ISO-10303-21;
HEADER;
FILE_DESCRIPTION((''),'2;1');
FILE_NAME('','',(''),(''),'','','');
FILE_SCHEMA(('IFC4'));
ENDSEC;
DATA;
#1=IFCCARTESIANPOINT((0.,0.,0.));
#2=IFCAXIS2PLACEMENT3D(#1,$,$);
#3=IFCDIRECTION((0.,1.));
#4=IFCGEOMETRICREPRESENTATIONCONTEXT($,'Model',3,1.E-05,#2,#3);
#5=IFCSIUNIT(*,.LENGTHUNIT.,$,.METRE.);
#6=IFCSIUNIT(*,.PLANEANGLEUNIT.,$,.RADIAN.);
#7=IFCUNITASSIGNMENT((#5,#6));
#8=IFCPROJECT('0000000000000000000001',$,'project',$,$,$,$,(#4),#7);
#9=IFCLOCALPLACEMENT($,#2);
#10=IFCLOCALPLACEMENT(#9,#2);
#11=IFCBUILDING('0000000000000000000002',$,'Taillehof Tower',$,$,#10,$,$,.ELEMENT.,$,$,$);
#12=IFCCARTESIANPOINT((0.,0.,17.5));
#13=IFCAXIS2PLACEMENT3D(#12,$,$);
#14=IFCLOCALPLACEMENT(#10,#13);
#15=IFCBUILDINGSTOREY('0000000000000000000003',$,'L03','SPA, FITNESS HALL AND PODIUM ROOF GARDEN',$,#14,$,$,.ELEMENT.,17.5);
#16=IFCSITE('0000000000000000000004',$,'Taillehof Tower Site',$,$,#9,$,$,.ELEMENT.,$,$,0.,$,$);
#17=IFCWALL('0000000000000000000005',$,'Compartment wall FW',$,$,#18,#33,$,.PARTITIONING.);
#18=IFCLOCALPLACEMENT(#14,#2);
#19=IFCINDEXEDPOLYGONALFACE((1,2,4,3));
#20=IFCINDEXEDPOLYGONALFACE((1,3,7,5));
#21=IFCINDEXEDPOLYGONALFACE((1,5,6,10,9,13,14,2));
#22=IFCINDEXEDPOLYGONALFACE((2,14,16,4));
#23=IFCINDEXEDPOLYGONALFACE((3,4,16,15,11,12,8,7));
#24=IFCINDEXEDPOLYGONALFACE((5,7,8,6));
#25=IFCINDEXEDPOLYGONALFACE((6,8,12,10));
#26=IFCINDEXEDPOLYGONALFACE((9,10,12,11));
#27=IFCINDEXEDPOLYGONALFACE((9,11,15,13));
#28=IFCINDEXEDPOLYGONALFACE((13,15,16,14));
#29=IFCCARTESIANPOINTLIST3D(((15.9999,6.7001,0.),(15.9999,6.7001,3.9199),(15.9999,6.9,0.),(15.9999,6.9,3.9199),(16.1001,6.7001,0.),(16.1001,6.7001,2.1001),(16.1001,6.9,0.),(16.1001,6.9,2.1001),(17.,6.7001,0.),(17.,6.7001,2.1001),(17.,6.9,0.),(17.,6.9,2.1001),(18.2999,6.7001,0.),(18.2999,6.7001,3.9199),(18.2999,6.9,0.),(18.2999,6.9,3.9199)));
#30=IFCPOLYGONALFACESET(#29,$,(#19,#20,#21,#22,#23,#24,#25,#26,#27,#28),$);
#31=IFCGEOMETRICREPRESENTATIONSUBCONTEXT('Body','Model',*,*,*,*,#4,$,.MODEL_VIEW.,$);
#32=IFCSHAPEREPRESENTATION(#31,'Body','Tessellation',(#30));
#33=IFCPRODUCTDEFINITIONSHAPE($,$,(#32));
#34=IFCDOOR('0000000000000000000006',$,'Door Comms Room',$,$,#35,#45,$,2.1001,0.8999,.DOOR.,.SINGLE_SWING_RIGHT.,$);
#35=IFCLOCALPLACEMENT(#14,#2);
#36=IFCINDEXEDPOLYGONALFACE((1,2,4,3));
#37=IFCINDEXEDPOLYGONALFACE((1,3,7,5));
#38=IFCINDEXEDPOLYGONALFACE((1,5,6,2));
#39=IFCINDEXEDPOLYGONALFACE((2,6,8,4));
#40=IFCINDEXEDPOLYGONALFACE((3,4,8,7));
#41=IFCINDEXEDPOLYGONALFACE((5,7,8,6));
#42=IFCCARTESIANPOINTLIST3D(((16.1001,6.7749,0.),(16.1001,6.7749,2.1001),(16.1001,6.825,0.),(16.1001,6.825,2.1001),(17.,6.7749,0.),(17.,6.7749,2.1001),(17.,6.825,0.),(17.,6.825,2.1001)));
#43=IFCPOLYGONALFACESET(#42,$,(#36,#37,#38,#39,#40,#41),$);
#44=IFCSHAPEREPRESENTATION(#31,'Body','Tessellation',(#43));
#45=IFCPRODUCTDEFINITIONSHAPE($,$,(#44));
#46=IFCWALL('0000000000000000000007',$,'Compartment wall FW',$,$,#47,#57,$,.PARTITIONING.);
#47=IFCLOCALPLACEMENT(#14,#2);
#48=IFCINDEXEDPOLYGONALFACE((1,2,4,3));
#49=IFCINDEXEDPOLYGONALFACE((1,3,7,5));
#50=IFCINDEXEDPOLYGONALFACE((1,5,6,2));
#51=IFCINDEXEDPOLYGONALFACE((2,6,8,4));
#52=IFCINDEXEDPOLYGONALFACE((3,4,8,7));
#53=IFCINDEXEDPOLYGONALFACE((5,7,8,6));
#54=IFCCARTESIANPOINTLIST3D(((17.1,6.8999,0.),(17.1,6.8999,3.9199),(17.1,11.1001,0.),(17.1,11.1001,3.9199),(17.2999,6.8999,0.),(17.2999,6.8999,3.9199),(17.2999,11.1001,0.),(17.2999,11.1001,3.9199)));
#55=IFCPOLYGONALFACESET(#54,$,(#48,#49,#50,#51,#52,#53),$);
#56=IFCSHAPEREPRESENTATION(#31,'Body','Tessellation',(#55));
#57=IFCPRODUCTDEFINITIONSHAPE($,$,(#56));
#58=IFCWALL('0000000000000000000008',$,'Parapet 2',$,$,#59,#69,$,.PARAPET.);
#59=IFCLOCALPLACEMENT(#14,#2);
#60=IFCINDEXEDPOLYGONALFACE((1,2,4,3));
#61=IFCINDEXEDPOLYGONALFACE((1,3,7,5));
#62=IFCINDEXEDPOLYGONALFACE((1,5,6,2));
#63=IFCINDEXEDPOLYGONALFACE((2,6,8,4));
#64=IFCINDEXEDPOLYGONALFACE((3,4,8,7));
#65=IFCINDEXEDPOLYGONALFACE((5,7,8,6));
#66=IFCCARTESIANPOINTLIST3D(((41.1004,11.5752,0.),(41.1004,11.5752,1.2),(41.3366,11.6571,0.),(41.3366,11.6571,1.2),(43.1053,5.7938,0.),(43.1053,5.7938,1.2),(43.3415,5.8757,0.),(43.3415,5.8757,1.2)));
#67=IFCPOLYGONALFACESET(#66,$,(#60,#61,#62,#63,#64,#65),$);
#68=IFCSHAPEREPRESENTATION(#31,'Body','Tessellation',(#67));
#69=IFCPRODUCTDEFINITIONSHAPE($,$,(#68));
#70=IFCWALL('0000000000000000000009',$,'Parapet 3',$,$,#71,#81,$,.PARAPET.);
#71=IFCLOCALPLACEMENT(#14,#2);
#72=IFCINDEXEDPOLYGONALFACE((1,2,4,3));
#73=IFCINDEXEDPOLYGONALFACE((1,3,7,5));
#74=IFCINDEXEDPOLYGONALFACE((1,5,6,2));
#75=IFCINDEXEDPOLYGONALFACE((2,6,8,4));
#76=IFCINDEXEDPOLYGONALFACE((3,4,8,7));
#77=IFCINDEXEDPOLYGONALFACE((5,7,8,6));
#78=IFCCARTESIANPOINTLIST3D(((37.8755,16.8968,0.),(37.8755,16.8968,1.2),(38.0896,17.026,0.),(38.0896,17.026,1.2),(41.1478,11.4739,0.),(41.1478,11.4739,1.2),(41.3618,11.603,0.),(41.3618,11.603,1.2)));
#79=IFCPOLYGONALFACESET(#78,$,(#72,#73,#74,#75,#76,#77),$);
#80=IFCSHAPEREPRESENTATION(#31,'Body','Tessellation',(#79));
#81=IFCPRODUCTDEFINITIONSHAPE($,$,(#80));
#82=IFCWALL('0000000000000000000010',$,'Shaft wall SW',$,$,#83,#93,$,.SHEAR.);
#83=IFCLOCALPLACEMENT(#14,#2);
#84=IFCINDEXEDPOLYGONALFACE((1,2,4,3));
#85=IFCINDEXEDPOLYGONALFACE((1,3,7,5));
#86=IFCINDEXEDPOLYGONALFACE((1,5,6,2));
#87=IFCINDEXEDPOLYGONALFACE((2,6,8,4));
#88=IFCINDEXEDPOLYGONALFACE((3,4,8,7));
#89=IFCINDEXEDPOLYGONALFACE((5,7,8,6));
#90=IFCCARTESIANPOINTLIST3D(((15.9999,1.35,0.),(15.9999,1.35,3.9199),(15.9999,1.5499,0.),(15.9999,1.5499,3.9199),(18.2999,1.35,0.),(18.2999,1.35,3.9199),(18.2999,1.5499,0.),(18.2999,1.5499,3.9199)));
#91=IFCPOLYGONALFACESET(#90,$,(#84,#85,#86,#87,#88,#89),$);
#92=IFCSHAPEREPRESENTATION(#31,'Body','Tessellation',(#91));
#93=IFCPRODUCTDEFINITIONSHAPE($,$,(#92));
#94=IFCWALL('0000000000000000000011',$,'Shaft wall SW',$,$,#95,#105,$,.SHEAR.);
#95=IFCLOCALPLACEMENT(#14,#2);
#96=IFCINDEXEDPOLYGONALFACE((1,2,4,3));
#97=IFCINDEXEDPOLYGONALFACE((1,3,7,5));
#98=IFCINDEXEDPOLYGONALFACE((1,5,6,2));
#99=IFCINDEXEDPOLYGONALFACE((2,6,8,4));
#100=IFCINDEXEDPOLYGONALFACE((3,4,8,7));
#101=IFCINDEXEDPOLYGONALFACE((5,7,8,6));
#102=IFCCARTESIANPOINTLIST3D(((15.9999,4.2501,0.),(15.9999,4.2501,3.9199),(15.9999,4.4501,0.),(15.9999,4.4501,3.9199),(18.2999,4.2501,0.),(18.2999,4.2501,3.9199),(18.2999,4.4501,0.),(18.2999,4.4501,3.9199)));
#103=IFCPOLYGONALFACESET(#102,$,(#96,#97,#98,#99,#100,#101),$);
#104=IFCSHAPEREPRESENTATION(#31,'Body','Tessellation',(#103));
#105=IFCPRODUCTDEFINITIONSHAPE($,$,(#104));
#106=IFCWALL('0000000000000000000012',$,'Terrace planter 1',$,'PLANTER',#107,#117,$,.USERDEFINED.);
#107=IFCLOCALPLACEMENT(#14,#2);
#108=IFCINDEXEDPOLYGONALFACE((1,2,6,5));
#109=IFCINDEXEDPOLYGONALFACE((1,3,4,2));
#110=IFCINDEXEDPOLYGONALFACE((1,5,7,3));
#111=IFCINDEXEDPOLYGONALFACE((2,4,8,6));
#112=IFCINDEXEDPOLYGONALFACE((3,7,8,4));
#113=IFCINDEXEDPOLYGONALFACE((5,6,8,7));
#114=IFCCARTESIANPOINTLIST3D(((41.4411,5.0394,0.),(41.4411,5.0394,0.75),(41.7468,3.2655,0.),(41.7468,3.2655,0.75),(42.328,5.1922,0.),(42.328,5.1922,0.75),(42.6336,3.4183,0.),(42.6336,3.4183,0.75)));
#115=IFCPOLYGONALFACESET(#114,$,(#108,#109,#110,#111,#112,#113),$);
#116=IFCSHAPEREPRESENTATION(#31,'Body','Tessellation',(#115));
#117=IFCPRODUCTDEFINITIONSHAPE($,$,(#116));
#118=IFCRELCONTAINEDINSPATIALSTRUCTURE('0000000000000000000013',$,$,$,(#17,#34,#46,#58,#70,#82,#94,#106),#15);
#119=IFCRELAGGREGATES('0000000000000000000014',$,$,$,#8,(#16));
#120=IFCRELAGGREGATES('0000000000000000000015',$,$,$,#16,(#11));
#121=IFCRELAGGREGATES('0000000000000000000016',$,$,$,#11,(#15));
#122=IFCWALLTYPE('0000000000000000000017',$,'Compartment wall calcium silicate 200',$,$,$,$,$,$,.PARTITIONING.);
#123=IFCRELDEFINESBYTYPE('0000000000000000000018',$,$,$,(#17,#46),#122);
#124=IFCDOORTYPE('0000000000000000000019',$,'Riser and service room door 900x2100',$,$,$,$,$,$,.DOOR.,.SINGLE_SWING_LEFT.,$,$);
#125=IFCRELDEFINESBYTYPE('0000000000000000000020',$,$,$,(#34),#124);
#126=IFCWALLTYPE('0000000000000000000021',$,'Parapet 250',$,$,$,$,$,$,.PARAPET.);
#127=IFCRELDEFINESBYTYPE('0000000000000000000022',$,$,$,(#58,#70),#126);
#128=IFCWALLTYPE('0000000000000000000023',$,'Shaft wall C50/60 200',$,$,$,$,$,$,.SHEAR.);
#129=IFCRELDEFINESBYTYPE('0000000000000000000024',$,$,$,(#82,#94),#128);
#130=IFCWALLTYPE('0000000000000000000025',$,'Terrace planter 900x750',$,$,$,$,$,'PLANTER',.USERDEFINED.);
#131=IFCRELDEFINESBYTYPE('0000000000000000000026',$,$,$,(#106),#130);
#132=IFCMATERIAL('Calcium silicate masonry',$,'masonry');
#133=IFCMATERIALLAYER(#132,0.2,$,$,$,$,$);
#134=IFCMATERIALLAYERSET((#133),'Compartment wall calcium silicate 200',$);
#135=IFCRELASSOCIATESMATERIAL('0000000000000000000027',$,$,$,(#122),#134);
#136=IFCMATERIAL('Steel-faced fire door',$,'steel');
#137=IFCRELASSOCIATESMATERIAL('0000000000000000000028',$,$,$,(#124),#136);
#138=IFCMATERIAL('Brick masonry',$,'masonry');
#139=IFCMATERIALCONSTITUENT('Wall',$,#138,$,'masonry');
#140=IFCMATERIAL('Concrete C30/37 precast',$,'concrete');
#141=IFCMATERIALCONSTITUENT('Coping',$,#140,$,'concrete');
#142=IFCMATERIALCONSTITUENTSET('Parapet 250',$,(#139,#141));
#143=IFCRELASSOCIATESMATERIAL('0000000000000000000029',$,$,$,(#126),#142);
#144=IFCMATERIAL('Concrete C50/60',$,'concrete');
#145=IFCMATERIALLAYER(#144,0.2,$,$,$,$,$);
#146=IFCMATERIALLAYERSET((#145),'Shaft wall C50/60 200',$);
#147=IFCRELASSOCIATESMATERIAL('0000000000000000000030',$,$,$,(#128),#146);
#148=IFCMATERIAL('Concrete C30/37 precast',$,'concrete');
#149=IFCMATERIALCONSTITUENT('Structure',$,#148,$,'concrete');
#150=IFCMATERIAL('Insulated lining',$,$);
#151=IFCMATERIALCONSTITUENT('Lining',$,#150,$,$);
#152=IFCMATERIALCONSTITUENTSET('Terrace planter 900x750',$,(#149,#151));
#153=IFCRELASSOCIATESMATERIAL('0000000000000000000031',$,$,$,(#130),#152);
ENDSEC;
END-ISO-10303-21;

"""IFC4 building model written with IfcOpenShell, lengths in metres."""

from ifc_helpers import new_model, si_unit, direction, frame, frame_2d, origin, place, context, subcontext, project, spatial, rectangle, extrude, material, layer, layer_set, constituent, constituent_set, type_object, element, fill, save


model = new_model("IFC4")

# Units and contexts
model_context = context("Model", 3, precision=1e-05, world=origin(), true_north=direction((0.0, 1.0)))
body_context = subcontext(model_context, "Body", "Model", "MODEL_VIEW")
ifc_project = project(units=[si_unit("LENGTHUNIT", "METRE"), si_unit("PLANEANGLEUNIT", "RADIAN")], contexts=[model_context])

# Site, building, storey
site_placement = place(None, origin())
site = spatial("IfcSite", under=ifc_project, at=site_placement, Name="Taillehof Tower Site", CompositionType="ELEMENT", RefElevation=0.0)
building_placement = place(site_placement, origin())
building = spatial("IfcBuilding", under=site, at=building_placement, Name="Taillehof Tower", CompositionType="ELEMENT")
storey_placement = place(building_placement, frame((0.0, 0.0, 17.5)))
storey = spatial("IfcBuildingStorey", under=building, at=storey_placement, Name="L03", Description="SPA, FITNESS HALL AND PODIUM ROOF GARDEN", CompositionType="ELEMENT", Elevation=17.5)

# Wall, opening, door
ifc_material_1 = material(Name="Calcium silicate masonry", Category="masonry")
ifc_layer_1 = layer(ifc_material_1, 0.2)
ifc_layer_set_1 = layer_set([ifc_layer_1], Name="Compartment wall calcium silicate 200")
wall_type_1 = type_object("IfcWallType", Name="Compartment wall calcium silicate 200", PredefinedType="PARTITIONING", material=ifc_layer_set_1)
wall_1_placement = place(storey_placement, frame((16.0, 6.8, 0.0), z_axis=(0.0, 0.0, 1.0), x_axis=(1.0, 0.0, 0.0)))
wall_1 = element("IfcWall", 1, at=wall_1_placement, inside=storey, type_object=wall_type_1, Name="Compartment wall FW", PredefinedType="PARTITIONING", context=body_context, shape_type="SweptSolid", body=[
    extrude(rectangle(XDim=2.3, YDim=0.2, at=frame_2d((1.1499, 0.0))), origin(), (0.0, 0.0, 1.0), 3.9199),
])
opening_placement = place(wall_1_placement, frame((0.1001, 0.0, 0.0)))
opening = element("IfcOpeningElement", 2, at=opening_placement, cuts=wall_1, PredefinedType="OPENING", context=body_context, shape_type="SweptSolid", body=[
    extrude(rectangle(XDim=0.8999, YDim=2.1001, at=frame_2d((0.45, 1.05))), frame((0.0, 0.1099, 0.0), z_axis=(0.0, -1.0, 0.0), x_axis=(1.0, 0.0, 0.0)), (0.0, 0.0, 1.0), 0.22),
])
ifc_material_2 = material(Name="Steel-faced fire door", Category="steel")
door_type = type_object("IfcDoorType", Name="Riser and service room door 900x2100", OperationType="SINGLE_SWING_LEFT", PredefinedType="DOOR", material=ifc_material_2)
door_placement = place(opening_placement, origin())
door = element("IfcDoor", 3, at=door_placement, inside=storey, type_object=door_type, Name="Door Comms Room", OperationType="SINGLE_SWING_RIGHT", OverallHeight=2.1001, OverallWidth=0.8999, PredefinedType="DOOR", context=body_context, shape_type="SweptSolid", body=[
    extrude(rectangle(XDim=0.8999, YDim=2.1001, at=frame_2d((0.45, 1.05))), frame((0.0, 0.0249, 0.0), z_axis=(0.0, -1.0, 0.0), x_axis=(1.0, 0.0, 0.0)), (0.0, 0.0, 1.0), 0.05),
])
fill(opening, door)

# Walls
wall_2_placement = place(storey_placement, frame((17.2, 6.8999, 0.0), z_axis=(0.0, 0.0, 1.0), x_axis=(0.0, 1.0, 0.0)))
element("IfcWall", 4, at=wall_2_placement, inside=storey, type_object=wall_type_1, Name="Compartment wall FW", PredefinedType="PARTITIONING", context=body_context, shape_type="SweptSolid", body=[
    extrude(rectangle(XDim=4.2002, YDim=0.2, at=frame_2d((2.1001, 0.0))), origin(), (0.0, 0.0, 1.0), 3.9199),
])
ifc_material_3 = material(Name="Brick masonry", Category="masonry")
ifc_constituent_1 = constituent(ifc_material_3, Name="Wall", Category="masonry")
ifc_material_4 = material(Name="Concrete C30/37 precast", Category="concrete")
ifc_constituent_2 = constituent(ifc_material_4, Name="Coping", Category="concrete")
ifc_constituent_set_1 = constituent_set(constituents=[ifc_constituent_1, ifc_constituent_2], Name="Parapet 250")
wall_type_2 = type_object("IfcWallType", Name="Parapet 250", PredefinedType="PARAPET", material=ifc_constituent_set_1)
wall_3_placement = place(storey_placement, frame((43.2234, 5.8347, 0.0), z_axis=(0.0, 0.0, 1.0), x_axis=(-0.327635, 0.944804, 0.0)))
element("IfcWall", 5, at=wall_3_placement, inside=storey, type_object=wall_type_2, Name="Parapet 2", PredefinedType="PARAPET", context=body_context, shape_type="SweptSolid", body=[
    extrude(rectangle(XDim=6.1191, YDim=0.25, at=frame_2d((3.0596, 0.0))), origin(), (0.0, 0.0, 1.0), 1.2),
])
wall_4_placement = place(storey_placement, frame((41.2549, 11.5383, 0.0), z_axis=(0.0, 0.0, 1.0), x_axis=(-0.516643, 0.856201, 0.0)))
element("IfcWall", 6, at=wall_4_placement, inside=storey, type_object=wall_type_2, Name="Parapet 3", PredefinedType="PARAPET", context=body_context, shape_type="SweptSolid", body=[
    extrude(rectangle(XDim=6.3337, YDim=0.25, at=frame_2d((3.167, 0.0))), origin(), (0.0, 0.0, 1.0), 1.2),
])
ifc_material_5 = material(Name="Concrete C50/60", Category="concrete")
ifc_layer_2 = layer(ifc_material_5, 0.2)
ifc_layer_set_2 = layer_set([ifc_layer_2], Name="Shaft wall C50/60 200")
wall_type_3 = type_object("IfcWallType", Name="Shaft wall C50/60 200", PredefinedType="SHEAR", material=ifc_layer_set_2)
for number, where, z_axis, x_axis, name in (
    (7, (16.0, 1.45, 0.0), (0.0, 0.0, 1.0), (1.0, 0.0, 0.0), "Shaft wall SW"),
    (8, (16.0, 4.3501, 0.0), (0.0, 0.0, 1.0), (1.0, 0.0, 0.0), "Shaft wall SW"),
):
    element("IfcWall", number, at=place(storey_placement, frame(where, z_axis=z_axis, x_axis=x_axis)), inside=storey, type_object=wall_type_3, Name=name, PredefinedType="SHEAR", context=body_context, shape_type="SweptSolid", body=[
        extrude(rectangle(XDim=2.3, YDim=0.2, at=frame_2d((1.1499, 0.0))), origin(), (0.0, 0.0, 1.0), 3.9199),
    ])
ifc_material_6 = material(Name="Concrete C30/37 precast", Category="concrete")
ifc_constituent_3 = constituent(ifc_material_6, Name="Structure", Category="concrete")
ifc_material_7 = material(Name="Insulated lining")
ifc_constituent_4 = constituent(ifc_material_7, Name="Lining")
ifc_constituent_set_2 = constituent_set(constituents=[ifc_constituent_3, ifc_constituent_4], Name="Terrace planter 900x750")
wall_type_4 = type_object("IfcWallType", Name="Terrace planter 900x750", ElementType="PLANTER", PredefinedType="USERDEFINED", material=ifc_constituent_set_2)
wall_5_placement = place(storey_placement, frame((42.1902, 3.342, 0.0), z_axis=(0.0, 0.0, 1.0), x_axis=(-0.169807, 0.985477, 0.0)))
element("IfcWall", 9, at=wall_5_placement, inside=storey, type_object=wall_type_4, Name="Terrace planter 1", ObjectType="PLANTER", PredefinedType="USERDEFINED", context=body_context, shape_type="SweptSolid", body=[
    extrude(rectangle(XDim=1.8, YDim=0.8999, at=frame_2d((0.8999, 0.0))), origin(), (0.0, 0.0, 1.0), 0.75),
])

save(model, "model.ifc")
